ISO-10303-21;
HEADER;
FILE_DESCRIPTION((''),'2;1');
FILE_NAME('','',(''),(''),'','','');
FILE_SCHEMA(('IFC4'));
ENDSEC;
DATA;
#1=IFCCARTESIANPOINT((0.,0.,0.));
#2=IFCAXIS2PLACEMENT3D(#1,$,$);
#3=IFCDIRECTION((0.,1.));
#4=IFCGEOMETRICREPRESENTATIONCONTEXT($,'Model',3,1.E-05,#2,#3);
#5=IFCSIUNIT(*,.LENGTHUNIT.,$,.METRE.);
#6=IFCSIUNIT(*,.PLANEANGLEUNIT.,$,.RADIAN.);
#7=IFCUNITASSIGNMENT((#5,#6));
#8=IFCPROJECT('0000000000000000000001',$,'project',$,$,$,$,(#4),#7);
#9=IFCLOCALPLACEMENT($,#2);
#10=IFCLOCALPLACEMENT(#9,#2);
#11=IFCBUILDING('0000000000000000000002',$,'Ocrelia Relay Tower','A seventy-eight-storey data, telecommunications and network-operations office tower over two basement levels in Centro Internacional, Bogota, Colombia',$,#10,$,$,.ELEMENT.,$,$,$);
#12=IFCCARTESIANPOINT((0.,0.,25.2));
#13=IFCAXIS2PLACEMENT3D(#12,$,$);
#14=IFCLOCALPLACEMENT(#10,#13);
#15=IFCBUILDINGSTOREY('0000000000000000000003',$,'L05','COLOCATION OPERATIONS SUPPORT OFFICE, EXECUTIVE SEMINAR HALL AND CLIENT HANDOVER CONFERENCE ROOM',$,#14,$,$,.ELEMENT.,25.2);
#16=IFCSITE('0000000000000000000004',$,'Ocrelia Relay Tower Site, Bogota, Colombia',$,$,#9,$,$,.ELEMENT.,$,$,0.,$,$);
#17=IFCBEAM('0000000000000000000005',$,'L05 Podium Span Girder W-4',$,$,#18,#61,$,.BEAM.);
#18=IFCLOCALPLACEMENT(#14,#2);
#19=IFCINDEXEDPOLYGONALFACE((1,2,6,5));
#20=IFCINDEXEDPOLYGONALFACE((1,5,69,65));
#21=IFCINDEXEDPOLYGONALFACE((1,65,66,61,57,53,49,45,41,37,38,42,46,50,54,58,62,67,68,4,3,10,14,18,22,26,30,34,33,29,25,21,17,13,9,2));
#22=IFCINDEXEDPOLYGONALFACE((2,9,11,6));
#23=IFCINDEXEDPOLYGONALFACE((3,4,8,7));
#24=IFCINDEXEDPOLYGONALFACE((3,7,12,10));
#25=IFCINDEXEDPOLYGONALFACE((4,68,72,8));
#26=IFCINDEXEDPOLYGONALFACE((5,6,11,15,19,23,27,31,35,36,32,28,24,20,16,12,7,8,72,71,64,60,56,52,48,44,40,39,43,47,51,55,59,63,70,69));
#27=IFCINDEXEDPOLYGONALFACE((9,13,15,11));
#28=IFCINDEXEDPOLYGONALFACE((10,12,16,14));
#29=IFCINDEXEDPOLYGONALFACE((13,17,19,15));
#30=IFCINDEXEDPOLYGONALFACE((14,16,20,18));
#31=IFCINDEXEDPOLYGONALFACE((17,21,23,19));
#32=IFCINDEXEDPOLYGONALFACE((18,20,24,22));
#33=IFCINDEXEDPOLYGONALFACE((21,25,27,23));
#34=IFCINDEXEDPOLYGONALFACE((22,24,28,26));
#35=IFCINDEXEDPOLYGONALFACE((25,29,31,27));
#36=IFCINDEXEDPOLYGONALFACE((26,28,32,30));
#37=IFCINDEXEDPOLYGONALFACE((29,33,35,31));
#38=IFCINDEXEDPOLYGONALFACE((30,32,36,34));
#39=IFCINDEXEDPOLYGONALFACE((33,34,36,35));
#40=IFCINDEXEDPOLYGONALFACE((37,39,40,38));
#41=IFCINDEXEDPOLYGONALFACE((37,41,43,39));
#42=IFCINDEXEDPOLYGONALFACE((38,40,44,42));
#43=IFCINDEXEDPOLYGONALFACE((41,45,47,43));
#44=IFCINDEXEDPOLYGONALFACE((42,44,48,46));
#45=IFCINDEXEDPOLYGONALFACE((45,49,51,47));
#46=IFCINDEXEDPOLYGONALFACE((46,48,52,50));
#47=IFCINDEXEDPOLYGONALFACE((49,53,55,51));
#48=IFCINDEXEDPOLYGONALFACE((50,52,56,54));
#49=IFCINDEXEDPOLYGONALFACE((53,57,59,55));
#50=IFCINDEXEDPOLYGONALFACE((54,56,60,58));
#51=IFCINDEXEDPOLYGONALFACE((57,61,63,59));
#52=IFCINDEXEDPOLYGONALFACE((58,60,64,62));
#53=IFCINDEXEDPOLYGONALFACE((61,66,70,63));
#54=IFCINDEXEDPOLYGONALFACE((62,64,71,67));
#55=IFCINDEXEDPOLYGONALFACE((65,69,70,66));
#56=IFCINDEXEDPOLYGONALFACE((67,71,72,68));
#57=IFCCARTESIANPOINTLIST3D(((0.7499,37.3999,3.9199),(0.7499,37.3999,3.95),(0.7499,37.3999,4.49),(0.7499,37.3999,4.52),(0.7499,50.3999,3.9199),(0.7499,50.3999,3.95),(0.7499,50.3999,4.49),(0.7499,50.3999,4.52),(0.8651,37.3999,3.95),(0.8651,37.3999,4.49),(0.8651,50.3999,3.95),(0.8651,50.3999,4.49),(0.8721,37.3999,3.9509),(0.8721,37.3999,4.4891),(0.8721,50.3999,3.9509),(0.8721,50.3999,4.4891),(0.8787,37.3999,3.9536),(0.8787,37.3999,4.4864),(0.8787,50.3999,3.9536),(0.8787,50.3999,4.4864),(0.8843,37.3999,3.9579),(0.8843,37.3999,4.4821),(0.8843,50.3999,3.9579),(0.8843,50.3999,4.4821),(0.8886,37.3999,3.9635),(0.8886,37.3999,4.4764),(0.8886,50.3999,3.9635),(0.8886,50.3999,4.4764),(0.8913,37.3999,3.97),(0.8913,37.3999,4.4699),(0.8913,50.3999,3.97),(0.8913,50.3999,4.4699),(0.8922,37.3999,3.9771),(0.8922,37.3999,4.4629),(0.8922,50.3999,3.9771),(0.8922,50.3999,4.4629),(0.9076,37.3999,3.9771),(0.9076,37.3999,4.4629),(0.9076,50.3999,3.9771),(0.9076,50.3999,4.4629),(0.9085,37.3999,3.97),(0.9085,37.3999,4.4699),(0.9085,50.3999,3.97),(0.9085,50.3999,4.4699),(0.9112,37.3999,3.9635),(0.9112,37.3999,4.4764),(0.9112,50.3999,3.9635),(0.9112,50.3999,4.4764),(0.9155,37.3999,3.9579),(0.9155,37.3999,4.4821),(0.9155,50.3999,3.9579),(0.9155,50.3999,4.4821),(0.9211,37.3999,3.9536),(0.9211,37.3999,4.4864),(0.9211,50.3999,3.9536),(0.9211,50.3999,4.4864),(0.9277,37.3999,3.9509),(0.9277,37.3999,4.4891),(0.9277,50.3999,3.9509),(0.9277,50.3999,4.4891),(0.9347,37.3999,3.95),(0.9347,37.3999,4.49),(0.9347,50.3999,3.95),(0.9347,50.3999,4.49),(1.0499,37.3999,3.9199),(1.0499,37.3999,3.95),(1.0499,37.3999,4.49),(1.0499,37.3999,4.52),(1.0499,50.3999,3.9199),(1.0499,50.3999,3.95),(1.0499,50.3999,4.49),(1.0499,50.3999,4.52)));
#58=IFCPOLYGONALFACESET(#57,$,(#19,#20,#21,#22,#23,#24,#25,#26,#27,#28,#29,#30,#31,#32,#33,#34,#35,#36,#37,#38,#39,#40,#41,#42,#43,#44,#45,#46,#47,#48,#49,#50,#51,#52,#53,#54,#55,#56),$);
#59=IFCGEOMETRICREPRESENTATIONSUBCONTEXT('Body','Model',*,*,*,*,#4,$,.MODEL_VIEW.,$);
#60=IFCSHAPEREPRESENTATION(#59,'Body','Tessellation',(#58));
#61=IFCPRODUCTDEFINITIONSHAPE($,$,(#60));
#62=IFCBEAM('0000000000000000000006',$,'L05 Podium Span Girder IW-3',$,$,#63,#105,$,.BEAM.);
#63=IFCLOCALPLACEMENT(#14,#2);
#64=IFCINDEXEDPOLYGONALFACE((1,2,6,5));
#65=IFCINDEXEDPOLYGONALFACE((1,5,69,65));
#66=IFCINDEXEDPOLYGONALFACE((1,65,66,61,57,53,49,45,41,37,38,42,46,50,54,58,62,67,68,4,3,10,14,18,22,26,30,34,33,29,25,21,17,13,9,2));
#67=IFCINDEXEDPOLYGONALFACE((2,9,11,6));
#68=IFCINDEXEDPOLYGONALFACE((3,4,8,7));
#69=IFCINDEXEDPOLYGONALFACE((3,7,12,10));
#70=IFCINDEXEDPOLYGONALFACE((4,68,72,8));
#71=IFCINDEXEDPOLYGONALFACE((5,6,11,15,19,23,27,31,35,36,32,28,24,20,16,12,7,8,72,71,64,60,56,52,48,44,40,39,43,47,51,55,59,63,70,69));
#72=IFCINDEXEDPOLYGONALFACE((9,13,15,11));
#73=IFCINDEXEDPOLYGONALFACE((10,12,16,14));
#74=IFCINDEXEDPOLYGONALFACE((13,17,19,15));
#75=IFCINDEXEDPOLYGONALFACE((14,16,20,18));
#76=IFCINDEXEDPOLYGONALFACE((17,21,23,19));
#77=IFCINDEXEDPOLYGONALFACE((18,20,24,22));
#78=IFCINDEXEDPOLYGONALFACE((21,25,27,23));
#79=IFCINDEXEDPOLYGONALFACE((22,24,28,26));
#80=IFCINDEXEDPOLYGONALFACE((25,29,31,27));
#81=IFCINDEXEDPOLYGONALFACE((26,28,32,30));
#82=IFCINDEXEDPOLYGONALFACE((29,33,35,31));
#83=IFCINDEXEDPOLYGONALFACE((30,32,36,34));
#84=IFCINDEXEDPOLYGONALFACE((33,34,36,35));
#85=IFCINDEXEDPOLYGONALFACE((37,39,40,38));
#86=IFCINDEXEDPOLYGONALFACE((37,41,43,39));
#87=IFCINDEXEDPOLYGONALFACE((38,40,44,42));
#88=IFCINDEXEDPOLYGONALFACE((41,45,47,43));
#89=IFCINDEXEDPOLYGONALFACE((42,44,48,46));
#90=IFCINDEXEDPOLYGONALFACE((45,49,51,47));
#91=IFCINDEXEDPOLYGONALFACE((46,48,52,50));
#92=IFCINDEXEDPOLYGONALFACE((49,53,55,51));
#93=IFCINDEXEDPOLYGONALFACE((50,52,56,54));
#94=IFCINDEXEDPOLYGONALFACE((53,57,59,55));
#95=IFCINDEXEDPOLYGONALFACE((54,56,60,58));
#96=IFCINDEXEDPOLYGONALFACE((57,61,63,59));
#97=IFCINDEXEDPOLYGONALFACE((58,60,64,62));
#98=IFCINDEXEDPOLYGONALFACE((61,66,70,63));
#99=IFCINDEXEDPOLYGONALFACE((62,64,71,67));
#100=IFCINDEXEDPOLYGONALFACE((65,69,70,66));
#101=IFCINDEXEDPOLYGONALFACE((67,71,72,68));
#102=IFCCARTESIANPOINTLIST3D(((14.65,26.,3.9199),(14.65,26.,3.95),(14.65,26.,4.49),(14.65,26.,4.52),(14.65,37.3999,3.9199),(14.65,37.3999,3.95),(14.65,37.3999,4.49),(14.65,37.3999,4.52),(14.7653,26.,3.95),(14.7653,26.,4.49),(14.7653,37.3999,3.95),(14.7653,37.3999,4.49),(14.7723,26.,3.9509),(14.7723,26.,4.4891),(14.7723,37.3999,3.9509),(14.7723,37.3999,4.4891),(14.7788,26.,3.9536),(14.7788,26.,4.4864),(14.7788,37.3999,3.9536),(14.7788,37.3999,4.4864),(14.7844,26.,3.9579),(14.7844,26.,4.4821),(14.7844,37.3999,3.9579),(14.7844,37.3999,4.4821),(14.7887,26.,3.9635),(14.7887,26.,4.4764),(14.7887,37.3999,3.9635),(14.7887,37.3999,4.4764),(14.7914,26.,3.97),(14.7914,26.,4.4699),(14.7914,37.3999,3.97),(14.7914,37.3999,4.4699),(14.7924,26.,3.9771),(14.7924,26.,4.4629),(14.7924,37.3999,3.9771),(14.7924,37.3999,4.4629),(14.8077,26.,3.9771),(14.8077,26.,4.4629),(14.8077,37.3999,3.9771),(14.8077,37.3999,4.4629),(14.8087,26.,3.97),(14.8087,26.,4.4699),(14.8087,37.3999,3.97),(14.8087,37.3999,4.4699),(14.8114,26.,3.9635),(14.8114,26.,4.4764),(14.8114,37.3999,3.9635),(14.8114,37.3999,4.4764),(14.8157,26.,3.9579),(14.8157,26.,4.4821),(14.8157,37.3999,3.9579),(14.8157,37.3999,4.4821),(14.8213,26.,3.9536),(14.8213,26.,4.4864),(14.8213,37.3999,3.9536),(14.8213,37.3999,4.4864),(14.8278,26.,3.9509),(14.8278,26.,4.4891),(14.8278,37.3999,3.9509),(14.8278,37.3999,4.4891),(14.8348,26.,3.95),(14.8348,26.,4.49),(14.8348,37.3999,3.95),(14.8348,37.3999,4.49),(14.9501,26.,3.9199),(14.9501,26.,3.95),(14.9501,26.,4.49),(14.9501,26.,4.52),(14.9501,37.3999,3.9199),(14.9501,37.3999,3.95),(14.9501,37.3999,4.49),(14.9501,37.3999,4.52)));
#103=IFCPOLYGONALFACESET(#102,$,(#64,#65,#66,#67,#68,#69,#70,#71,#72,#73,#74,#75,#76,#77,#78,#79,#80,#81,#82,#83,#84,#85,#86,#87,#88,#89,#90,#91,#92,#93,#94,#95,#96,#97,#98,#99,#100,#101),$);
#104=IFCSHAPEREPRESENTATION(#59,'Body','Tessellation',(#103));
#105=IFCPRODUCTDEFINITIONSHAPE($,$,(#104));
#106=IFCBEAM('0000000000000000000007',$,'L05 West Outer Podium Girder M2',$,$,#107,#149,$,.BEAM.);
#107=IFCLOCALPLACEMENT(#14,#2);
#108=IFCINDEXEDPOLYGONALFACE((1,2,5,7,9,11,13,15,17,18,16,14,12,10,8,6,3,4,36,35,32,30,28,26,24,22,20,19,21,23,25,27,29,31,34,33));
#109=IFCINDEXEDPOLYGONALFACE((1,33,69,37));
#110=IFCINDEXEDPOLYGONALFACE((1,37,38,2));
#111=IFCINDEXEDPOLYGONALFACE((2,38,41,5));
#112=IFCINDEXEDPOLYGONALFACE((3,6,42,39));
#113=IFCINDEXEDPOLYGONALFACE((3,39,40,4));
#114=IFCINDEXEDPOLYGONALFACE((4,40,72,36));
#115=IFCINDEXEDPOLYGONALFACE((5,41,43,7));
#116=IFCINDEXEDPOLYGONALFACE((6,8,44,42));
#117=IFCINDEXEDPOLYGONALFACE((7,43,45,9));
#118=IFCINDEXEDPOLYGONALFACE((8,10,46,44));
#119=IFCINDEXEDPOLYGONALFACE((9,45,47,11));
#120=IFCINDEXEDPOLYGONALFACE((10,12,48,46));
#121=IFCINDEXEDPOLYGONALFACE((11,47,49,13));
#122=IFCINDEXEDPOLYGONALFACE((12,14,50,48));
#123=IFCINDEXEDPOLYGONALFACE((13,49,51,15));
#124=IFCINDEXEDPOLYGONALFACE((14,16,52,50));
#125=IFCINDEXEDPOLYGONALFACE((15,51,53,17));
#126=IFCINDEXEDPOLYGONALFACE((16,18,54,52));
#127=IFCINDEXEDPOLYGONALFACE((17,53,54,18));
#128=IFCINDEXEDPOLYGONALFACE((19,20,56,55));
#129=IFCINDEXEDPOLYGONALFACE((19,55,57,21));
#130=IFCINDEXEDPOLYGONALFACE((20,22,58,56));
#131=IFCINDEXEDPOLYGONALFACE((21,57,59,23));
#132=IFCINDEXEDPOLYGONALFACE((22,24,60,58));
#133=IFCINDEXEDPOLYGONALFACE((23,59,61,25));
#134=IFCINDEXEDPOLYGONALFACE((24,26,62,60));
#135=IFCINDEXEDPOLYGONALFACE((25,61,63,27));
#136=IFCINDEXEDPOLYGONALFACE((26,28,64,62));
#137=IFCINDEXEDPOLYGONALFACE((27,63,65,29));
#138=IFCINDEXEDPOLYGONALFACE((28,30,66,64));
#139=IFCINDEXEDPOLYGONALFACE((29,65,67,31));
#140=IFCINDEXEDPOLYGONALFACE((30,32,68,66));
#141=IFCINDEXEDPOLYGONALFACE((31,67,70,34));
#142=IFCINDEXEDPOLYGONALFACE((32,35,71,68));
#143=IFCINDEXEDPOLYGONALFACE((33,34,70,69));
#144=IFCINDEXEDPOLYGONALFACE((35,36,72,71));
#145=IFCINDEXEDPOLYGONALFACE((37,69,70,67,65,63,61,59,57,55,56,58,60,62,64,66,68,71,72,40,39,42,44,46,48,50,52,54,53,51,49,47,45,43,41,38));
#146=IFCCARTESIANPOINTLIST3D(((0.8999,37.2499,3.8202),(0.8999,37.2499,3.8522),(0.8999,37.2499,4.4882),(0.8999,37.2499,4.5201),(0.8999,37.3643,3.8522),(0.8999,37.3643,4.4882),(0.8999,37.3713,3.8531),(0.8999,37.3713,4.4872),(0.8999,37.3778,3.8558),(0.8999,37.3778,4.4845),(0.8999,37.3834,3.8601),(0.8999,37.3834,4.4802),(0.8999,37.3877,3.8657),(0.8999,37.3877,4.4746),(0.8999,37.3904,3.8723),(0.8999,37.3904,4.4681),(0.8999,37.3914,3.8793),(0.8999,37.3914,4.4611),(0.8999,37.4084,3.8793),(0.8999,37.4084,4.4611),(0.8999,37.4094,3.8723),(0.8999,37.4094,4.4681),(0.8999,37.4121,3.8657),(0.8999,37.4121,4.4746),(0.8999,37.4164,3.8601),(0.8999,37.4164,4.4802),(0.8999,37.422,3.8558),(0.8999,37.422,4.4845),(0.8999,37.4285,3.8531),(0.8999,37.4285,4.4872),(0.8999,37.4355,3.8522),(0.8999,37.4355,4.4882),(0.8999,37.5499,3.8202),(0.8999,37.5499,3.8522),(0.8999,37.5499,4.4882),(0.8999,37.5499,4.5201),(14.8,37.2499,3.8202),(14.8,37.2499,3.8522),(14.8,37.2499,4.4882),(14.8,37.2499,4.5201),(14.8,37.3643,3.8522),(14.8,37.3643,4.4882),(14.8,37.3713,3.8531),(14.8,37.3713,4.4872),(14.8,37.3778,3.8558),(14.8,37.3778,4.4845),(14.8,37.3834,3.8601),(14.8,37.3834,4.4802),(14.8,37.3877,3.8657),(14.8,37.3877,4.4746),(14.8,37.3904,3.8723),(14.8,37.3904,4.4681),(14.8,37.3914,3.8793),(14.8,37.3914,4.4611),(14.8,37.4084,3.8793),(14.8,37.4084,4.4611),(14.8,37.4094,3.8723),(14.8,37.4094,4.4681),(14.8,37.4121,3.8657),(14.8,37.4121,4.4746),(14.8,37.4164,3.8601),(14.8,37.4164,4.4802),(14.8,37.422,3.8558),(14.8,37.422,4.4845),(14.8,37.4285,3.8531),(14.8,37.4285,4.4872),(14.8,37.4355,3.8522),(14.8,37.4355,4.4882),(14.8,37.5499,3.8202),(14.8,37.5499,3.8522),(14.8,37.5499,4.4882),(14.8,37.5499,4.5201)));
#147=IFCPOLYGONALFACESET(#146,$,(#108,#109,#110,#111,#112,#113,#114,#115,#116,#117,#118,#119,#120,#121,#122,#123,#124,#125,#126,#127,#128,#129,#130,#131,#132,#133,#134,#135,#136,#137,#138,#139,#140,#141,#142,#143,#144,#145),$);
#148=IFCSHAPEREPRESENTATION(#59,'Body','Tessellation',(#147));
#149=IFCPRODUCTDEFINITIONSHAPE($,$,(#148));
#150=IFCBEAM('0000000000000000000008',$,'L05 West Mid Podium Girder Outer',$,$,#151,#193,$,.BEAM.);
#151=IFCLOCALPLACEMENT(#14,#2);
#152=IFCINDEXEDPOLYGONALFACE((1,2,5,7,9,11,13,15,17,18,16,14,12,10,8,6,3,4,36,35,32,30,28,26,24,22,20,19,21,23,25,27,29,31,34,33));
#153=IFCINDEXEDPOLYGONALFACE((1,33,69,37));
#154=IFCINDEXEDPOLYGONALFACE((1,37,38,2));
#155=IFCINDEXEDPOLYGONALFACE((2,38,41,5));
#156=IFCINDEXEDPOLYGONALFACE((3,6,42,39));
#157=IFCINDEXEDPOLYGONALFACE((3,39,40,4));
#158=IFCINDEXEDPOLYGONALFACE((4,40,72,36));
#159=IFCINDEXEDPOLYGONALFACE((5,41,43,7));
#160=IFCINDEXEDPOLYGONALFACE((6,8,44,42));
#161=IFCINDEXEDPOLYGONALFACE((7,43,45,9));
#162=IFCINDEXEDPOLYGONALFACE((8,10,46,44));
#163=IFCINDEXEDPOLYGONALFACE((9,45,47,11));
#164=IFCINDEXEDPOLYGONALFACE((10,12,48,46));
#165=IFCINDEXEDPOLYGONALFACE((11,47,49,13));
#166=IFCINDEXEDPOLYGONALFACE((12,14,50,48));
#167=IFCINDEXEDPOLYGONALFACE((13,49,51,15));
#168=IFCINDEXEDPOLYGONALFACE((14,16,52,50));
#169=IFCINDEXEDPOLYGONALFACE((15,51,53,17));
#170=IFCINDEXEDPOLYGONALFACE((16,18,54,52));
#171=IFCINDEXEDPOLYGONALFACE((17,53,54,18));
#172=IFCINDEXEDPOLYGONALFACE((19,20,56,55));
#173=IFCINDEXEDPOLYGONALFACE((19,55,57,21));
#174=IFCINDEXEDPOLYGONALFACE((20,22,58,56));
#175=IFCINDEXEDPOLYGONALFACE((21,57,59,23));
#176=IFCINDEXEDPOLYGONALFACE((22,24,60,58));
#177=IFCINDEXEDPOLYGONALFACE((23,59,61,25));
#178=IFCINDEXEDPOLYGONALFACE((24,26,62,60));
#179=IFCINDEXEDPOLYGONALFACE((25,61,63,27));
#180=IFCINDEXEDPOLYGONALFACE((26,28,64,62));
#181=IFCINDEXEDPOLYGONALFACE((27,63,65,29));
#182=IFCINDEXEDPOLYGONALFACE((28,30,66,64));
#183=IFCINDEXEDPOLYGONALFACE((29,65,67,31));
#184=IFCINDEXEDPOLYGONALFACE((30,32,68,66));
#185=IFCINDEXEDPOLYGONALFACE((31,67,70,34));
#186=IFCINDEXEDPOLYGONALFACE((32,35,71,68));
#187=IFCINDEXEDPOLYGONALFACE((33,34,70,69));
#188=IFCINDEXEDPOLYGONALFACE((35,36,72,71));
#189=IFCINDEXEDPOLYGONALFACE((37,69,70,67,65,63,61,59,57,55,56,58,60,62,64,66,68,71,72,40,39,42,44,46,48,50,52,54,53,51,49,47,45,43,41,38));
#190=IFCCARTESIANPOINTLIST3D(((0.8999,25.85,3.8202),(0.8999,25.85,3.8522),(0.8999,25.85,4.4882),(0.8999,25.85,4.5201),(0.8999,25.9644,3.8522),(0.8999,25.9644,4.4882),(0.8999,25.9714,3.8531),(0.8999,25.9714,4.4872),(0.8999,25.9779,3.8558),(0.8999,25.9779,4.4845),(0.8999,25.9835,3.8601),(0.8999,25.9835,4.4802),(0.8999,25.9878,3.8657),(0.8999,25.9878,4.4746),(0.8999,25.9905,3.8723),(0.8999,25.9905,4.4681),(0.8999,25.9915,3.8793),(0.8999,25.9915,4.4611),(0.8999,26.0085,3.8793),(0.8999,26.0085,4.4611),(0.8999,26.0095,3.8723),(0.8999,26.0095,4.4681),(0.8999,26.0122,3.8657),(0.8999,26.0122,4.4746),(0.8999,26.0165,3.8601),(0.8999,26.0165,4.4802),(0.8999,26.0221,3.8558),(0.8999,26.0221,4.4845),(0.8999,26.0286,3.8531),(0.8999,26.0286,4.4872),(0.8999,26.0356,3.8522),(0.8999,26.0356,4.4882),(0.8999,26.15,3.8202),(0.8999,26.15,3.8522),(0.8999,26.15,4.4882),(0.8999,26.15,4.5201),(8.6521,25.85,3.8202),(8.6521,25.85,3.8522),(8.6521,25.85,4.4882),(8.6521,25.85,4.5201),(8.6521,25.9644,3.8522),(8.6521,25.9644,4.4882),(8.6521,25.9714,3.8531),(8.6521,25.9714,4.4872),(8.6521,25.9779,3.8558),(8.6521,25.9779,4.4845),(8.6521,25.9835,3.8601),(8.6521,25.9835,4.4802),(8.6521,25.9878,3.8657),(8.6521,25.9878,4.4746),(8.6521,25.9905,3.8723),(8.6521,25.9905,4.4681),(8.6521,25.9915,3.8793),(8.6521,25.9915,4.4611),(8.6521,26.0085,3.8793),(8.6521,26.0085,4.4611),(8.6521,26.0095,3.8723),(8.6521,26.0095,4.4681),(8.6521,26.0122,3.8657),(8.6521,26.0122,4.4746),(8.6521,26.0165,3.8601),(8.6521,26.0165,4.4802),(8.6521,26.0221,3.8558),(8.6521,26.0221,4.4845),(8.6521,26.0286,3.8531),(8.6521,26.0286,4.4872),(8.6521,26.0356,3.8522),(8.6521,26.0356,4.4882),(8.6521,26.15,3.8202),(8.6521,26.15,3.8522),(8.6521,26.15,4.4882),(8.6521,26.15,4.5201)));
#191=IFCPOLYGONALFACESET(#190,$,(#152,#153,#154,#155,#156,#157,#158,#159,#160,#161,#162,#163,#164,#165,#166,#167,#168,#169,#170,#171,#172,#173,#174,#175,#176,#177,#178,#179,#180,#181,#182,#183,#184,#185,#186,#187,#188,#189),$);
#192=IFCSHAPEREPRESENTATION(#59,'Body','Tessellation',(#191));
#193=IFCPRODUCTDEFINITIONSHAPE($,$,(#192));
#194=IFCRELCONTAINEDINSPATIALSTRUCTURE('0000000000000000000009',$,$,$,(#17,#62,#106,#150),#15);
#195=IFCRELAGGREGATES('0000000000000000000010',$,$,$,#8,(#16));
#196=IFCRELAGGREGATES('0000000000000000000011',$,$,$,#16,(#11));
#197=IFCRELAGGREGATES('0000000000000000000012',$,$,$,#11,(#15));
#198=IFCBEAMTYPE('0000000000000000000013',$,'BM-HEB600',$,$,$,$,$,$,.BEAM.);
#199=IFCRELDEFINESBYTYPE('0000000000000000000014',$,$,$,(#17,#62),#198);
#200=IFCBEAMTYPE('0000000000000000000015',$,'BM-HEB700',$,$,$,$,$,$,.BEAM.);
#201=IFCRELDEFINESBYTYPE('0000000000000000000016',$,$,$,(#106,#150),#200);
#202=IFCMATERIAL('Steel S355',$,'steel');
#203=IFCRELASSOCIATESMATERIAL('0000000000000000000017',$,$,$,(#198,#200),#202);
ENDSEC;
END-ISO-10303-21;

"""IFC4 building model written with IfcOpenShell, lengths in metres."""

from ifc_helpers import new_model, si_unit, direction, frame, origin, origin_2d, place, context, subcontext, project, spatial, i_section, extrude, material, material_profile, profile_set, type_object, element, save


model = new_model("IFC4")

# Units and contexts
model_context = context("Model", 3, precision=1e-05, world=origin(), true_north=direction((0.0, 1.0)))
body_context = subcontext(model_context, "Body", "Model", "MODEL_VIEW")
ifc_project = project(units=[si_unit("LENGTHUNIT", "METRE"), si_unit("PLANEANGLEUNIT", "RADIAN")], contexts=[model_context])

# Site, building, storey
site_placement = place(None, origin())
site = spatial("IfcSite", under=ifc_project, at=site_placement, Name="Ocrelia Relay Tower Site, Bogota, Colombia", CompositionType="ELEMENT", RefElevation=0.0)
building_placement = place(site_placement, origin())
building = spatial("IfcBuilding", under=site, at=building_placement, Name="Ocrelia Relay Tower", Description="A seventy-eight-storey data, telecommunications and network-operations office tower over two basement levels in Centro Internacional, Bogota, Colombia", CompositionType="ELEMENT")
storey_placement = place(building_placement, frame((0.0, 0.0, 25.2)))
storey = spatial("IfcBuildingStorey", under=building, at=storey_placement, Name="L05", Description="COLOCATION OPERATIONS SUPPORT OFFICE, EXECUTIVE SEMINAR HALL AND CLIENT HANDOVER CONFERENCE ROOM", CompositionType="ELEMENT", Elevation=25.2)

# Beams
ifc_material_1 = material(Name="Steel S355", Category="steel")
ifc_material_profile_1 = material_profile(ifc_material_1, i_section(OverallWidth=0.3, OverallDepth=0.6001, WebThickness=0.0154, FlangeThickness=0.03, FilletRadius=0.0271, at=origin_2d()), Name="HEB 600")
ifc_profile_set_1 = profile_set([ifc_material_profile_1], Name="Steel S355")
beam_type_1 = type_object("IfcBeamType", Name="BM-HEB600", PredefinedType="BEAM", material=ifc_profile_set_1)
beam_1_placement = place(storey_placement, frame((0.8999, 37.3999, 4.22), z_axis=(0.0, 1.0, 0.0), x_axis=(-1.0, 0.0, 0.0)))
element("IfcBeam", 1, at=beam_1_placement, inside=storey, type_object=beam_type_1, Name="L05 Podium Span Girder W-4", PredefinedType="BEAM", context=body_context, shape_type="SweptSolid", body=[
    extrude(i_section(OverallWidth=0.3, OverallDepth=0.6001, WebThickness=0.0154, FlangeThickness=0.03, FilletRadius=0.0271, at=origin_2d()), origin(), (0.0, 0.0, 1.0), 13.0),
])
beam_2_placement = place(storey_placement, frame((14.8, 26.0, 4.22), z_axis=(0.0, 1.0, 0.0), x_axis=(-1.0, 0.0, 0.0)))
element("IfcBeam", 2, at=beam_2_placement, inside=storey, type_object=beam_type_1, Name="L05 Podium Span Girder IW-3", PredefinedType="BEAM", context=body_context, shape_type="SweptSolid", body=[
    extrude(i_section(OverallWidth=0.3, OverallDepth=0.6001, WebThickness=0.0154, FlangeThickness=0.03, FilletRadius=0.0271, at=origin_2d()), origin(), (0.0, 0.0, 1.0), 11.3999),
])
ifc_material_profile_2 = material_profile(ifc_material_1, i_section(OverallWidth=0.3, OverallDepth=0.7, WebThickness=0.0171, FlangeThickness=0.032, FilletRadius=0.0271, at=origin_2d()), Name="HEB 700")
ifc_profile_set_2 = profile_set([ifc_material_profile_2], Name="Steel S355")
beam_type_2 = type_object("IfcBeamType", Name="BM-HEB700", PredefinedType="BEAM", material=ifc_profile_set_2)
beam_3_placement = place(storey_placement, frame((0.8999, 37.3999, 4.1702), z_axis=(1.0, 0.0, 0.0), x_axis=(0.0, 1.0, 0.0)))
element("IfcBeam", 3, at=beam_3_placement, inside=storey, type_object=beam_type_2, Name="L05 West Outer Podium Girder M2", PredefinedType="BEAM", context=body_context, shape_type="SweptSolid", body=[
    extrude(i_section(OverallWidth=0.3, OverallDepth=0.7, WebThickness=0.0171, FlangeThickness=0.032, FilletRadius=0.0271, at=origin_2d()), origin(), (0.0, 0.0, 1.0), 13.9001),
])
beam_4_placement = place(storey_placement, frame((0.8999, 26.0, 4.1702), z_axis=(1.0, 0.0, 0.0), x_axis=(0.0, 1.0, 0.0)))
element("IfcBeam", 4, at=beam_4_placement, inside=storey, type_object=beam_type_2, Name="L05 West Mid Podium Girder Outer", PredefinedType="BEAM", context=body_context, shape_type="SweptSolid", body=[
    extrude(i_section(OverallWidth=0.3, OverallDepth=0.7, WebThickness=0.0171, FlangeThickness=0.032, FilletRadius=0.0271, at=origin_2d()), origin(), (0.0, 0.0, 1.0), 7.7522),
])

save(model, "model.ifc")
